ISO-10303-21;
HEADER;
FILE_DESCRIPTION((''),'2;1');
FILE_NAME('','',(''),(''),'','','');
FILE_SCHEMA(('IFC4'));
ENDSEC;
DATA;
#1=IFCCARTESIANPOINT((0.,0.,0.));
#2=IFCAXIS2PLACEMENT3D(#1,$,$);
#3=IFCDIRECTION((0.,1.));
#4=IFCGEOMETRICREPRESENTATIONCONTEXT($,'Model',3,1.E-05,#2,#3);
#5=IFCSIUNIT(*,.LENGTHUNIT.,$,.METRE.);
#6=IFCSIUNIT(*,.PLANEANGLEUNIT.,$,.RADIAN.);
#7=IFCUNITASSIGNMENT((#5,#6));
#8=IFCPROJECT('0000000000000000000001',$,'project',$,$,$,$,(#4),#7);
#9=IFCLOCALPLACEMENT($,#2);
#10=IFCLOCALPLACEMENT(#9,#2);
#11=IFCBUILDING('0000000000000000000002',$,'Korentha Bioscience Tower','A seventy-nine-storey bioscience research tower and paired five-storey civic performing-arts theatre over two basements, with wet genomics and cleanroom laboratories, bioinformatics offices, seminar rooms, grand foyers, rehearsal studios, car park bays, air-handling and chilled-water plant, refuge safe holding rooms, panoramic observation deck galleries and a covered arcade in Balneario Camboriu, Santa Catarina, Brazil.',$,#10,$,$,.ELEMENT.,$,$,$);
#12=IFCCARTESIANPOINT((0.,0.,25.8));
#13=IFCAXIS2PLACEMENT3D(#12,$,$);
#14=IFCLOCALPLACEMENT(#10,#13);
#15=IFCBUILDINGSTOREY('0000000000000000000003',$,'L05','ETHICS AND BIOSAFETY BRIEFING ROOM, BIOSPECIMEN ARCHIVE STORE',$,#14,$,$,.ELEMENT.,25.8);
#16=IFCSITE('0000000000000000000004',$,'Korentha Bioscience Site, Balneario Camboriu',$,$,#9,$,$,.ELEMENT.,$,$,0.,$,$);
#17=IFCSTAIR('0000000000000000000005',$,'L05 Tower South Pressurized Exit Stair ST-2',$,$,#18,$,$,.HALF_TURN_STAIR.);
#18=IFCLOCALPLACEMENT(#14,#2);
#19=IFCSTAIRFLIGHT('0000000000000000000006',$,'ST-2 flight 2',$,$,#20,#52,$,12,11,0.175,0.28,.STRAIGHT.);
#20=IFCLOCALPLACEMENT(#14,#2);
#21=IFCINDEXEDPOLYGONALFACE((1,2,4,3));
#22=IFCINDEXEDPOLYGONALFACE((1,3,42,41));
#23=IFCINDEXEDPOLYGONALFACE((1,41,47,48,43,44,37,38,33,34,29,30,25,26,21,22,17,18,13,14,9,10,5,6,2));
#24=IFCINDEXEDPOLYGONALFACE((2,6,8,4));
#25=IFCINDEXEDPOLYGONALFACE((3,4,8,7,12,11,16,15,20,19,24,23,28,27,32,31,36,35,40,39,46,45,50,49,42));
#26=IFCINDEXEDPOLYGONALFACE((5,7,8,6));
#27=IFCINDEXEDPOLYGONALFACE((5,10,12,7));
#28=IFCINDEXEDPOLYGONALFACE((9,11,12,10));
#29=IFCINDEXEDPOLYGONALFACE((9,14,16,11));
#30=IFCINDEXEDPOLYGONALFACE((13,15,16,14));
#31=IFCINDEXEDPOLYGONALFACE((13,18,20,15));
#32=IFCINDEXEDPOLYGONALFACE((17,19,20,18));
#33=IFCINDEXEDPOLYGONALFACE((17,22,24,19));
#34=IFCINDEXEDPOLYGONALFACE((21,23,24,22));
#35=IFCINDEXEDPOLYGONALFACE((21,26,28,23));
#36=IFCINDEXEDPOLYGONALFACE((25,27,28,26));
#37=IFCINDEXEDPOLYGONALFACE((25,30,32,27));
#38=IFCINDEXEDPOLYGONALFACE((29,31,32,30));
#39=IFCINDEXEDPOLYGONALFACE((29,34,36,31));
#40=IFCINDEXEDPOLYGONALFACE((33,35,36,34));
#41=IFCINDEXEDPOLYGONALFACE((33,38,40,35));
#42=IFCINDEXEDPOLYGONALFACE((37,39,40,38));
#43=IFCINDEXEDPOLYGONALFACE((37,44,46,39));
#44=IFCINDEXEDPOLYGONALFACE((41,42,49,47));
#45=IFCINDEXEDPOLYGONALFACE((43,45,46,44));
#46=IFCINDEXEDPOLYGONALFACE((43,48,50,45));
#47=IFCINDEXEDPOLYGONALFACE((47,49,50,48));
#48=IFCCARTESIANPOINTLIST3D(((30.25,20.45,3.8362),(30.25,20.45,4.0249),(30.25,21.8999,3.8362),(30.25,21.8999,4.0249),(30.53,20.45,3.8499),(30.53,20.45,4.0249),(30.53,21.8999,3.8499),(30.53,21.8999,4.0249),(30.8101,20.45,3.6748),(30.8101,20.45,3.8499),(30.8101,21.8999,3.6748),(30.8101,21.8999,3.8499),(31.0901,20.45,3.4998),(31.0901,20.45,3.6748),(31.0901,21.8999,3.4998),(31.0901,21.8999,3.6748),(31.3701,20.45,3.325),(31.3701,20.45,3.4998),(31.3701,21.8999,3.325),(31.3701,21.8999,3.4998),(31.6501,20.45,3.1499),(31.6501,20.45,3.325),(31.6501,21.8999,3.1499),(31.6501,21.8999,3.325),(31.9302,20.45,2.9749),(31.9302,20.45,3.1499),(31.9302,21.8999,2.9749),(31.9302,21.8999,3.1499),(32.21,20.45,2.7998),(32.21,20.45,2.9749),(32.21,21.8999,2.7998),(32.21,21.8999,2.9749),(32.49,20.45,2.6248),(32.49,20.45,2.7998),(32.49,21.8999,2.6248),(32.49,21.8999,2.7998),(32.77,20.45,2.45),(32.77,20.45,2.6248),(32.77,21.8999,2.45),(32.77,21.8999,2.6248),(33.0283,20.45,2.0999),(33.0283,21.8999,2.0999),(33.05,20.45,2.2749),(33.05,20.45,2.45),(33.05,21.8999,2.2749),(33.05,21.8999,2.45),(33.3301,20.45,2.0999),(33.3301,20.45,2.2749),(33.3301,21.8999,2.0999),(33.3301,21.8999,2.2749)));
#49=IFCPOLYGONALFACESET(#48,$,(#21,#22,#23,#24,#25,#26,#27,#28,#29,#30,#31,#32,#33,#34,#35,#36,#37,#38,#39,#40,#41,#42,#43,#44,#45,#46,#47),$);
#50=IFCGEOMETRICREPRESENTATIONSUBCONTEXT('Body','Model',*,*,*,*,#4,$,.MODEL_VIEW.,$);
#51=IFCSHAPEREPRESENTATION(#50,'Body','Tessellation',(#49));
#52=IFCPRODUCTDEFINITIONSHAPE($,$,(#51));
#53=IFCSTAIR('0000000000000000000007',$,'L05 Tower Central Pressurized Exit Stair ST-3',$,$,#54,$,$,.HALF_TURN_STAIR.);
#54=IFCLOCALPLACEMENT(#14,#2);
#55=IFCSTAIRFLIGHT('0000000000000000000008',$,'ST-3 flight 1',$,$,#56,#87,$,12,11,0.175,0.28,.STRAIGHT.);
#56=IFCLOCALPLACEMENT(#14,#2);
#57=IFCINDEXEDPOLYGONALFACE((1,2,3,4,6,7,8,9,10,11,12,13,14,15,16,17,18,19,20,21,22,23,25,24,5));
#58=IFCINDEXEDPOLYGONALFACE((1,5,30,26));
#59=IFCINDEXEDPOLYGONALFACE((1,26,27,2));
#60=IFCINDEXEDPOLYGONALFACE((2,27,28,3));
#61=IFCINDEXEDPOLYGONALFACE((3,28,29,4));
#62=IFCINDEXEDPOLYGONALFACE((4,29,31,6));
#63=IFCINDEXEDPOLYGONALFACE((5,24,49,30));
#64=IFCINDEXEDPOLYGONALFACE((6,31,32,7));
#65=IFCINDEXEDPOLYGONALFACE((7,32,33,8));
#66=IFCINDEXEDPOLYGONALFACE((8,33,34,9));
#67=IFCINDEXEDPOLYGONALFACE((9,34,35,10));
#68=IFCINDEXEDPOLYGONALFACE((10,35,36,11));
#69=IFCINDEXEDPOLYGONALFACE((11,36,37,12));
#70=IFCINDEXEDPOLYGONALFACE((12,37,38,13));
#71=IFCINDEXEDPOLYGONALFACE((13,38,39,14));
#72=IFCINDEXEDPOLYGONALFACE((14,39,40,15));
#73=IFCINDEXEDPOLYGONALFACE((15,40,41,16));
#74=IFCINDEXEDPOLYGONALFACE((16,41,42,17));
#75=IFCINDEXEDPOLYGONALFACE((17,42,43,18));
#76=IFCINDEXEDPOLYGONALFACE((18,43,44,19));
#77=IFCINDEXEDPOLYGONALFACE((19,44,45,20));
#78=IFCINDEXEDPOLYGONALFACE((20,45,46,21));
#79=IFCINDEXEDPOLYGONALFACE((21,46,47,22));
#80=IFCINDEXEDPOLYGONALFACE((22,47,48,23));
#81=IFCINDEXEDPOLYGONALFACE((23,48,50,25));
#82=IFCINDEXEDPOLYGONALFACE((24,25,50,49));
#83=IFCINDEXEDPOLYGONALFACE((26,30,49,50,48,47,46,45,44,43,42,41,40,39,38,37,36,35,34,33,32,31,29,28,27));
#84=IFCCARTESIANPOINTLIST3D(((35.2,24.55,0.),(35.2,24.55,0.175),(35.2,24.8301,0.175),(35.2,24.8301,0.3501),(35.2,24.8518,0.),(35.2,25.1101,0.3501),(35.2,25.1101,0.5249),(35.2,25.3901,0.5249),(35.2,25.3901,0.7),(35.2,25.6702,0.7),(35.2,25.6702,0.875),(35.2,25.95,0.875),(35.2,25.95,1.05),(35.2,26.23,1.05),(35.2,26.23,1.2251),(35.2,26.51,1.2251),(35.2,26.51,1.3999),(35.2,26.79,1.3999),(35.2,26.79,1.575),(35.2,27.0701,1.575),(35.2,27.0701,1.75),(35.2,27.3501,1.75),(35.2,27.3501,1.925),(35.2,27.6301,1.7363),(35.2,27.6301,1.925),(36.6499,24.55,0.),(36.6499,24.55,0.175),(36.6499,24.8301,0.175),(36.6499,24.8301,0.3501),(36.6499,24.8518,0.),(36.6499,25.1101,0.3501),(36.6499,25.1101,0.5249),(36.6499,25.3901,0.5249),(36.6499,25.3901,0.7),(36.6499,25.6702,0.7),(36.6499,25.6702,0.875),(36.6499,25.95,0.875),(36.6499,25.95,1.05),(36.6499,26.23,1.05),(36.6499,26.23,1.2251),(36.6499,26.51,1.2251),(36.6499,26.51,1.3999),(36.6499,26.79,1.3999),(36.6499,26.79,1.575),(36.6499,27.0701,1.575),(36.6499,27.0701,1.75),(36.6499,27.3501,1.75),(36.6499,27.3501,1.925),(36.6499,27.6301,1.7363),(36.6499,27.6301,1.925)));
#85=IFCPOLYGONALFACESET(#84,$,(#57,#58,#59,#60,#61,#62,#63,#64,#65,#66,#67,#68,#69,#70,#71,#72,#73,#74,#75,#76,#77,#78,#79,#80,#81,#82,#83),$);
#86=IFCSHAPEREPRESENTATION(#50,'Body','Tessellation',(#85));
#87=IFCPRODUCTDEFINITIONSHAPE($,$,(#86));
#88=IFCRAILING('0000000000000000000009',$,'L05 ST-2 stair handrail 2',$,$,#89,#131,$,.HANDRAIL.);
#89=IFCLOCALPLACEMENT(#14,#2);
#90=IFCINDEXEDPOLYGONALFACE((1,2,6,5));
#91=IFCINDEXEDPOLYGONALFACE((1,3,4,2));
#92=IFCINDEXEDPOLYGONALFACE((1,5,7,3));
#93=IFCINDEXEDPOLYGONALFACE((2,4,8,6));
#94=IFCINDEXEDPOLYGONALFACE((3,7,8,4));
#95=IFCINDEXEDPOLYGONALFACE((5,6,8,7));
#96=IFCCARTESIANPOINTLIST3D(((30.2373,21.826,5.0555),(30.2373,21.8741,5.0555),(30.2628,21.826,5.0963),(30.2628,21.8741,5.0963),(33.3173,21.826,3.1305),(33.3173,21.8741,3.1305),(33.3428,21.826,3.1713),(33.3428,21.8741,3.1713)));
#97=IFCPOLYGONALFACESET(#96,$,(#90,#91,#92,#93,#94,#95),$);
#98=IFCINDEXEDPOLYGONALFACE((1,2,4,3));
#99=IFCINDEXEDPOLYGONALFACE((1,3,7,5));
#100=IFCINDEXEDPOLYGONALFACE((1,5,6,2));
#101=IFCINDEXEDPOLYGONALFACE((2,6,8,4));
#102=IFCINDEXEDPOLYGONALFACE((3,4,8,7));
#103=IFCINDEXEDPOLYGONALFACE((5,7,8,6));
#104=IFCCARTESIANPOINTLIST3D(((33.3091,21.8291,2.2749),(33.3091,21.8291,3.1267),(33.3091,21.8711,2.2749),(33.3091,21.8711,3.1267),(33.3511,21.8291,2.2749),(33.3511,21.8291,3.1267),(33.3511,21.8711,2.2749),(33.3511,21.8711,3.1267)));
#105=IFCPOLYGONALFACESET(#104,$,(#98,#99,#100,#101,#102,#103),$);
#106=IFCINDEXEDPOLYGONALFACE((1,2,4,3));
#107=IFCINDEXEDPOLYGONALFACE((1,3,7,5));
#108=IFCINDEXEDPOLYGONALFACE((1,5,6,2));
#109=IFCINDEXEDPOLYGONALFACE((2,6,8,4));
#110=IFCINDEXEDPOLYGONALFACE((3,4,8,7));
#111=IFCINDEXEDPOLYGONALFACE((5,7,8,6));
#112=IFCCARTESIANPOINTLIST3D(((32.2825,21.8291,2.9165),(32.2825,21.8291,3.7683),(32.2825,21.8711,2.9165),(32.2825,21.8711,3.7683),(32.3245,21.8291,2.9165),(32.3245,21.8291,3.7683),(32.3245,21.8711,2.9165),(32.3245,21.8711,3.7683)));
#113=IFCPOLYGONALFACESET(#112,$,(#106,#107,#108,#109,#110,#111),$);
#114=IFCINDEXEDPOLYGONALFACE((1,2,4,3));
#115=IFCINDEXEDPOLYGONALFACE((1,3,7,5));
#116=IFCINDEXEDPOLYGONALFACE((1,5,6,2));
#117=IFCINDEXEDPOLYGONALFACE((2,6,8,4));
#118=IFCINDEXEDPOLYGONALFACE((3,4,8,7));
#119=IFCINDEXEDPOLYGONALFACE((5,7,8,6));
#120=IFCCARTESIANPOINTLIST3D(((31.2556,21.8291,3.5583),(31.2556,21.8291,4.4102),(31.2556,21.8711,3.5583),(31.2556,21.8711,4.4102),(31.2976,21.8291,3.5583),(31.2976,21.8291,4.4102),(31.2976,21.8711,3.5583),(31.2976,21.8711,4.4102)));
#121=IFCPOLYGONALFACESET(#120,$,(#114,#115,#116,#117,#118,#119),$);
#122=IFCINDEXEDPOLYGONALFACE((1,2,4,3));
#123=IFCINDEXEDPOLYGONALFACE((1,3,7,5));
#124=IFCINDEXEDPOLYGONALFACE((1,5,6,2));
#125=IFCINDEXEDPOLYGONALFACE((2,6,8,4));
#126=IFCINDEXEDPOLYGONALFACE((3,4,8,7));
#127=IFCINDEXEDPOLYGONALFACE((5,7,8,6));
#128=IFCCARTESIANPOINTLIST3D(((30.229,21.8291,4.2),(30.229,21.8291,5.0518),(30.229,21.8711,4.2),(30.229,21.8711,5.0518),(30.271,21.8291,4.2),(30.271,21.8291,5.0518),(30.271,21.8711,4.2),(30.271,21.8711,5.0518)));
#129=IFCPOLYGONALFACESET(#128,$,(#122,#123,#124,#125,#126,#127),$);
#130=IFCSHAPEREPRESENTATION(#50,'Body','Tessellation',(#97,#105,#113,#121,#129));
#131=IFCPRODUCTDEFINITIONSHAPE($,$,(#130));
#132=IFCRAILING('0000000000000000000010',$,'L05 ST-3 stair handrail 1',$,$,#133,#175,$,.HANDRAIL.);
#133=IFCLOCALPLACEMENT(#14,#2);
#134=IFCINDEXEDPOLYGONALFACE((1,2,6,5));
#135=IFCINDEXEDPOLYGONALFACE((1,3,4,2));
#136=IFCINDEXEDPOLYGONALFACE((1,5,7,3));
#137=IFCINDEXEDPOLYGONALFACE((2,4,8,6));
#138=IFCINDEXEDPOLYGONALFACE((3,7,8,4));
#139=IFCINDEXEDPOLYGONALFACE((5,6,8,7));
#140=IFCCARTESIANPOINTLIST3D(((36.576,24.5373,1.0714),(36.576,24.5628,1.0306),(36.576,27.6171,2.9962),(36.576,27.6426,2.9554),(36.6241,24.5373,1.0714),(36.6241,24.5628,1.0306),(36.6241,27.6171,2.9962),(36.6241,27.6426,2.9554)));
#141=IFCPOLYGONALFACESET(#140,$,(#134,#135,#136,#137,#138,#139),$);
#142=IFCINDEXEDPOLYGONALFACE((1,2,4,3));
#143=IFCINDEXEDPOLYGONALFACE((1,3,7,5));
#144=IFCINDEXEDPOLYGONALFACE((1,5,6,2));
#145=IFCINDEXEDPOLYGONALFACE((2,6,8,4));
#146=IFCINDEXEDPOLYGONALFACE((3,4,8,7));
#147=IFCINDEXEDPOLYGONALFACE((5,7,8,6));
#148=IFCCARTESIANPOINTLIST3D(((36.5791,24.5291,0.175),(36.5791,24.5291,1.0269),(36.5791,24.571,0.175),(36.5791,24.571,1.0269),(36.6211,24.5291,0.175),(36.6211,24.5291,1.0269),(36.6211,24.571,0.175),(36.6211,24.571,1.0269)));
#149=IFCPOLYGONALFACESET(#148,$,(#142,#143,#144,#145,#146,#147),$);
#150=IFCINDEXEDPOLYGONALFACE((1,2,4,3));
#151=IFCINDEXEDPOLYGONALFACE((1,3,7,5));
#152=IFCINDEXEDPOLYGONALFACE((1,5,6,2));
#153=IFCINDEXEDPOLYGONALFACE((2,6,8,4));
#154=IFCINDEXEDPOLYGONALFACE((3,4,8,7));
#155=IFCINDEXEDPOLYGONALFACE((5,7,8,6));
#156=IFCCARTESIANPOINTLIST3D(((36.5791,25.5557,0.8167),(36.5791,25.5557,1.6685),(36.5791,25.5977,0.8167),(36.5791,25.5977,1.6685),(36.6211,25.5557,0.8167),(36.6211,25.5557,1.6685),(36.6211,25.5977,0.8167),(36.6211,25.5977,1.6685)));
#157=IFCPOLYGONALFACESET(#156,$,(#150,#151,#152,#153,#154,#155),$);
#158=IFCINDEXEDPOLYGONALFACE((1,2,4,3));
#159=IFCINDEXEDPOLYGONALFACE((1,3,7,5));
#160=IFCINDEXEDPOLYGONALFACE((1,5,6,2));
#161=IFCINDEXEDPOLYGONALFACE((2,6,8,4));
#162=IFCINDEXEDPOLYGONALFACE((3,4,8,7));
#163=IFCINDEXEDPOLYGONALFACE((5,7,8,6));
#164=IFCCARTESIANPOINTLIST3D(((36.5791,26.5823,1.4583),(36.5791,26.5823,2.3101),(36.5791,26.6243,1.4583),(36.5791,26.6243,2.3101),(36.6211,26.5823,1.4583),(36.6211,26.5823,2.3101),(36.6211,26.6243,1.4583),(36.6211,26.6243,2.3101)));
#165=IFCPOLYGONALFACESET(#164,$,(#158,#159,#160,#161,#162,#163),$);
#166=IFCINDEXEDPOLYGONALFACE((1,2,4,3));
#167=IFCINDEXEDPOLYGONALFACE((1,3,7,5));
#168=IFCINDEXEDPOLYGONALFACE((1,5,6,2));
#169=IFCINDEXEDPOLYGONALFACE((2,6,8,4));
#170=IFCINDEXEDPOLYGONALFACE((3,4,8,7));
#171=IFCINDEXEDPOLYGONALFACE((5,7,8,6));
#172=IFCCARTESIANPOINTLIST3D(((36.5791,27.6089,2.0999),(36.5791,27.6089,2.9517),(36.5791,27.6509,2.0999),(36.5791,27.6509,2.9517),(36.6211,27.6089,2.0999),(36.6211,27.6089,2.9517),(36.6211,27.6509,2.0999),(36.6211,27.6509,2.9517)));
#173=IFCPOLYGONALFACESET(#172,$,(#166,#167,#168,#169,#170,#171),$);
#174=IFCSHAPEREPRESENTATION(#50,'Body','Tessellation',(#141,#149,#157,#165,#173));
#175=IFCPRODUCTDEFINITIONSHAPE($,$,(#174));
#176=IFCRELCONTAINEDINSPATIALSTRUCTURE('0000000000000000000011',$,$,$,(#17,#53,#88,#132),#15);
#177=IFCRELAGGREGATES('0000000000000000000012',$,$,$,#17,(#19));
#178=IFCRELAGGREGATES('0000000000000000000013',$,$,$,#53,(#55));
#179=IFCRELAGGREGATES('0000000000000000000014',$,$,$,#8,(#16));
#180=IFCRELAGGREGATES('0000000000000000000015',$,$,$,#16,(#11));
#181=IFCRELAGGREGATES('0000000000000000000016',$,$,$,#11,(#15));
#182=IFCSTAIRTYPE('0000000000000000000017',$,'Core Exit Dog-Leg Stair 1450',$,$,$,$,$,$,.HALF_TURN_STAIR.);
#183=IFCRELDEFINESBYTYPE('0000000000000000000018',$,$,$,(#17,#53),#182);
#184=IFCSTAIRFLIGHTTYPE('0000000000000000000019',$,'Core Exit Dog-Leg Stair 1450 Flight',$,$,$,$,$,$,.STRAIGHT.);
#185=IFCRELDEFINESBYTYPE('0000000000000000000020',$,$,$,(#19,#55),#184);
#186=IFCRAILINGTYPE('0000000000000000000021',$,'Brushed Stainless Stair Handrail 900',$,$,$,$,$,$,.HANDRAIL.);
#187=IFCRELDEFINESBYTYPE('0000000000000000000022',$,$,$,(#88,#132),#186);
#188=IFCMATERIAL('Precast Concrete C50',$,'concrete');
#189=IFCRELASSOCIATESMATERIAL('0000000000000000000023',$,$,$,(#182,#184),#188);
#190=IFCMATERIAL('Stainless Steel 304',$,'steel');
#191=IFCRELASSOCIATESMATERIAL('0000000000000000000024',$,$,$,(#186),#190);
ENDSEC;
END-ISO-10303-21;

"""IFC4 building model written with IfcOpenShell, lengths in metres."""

from ifc_helpers import new_model, si_unit, direction, frame, origin, origin_2d, place, context, subcontext, project, spatial, polyline, rectangle, outline, extrude, material, type_object, element, aggregate, save


model = new_model("IFC4")

# Units and contexts
model_context = context("Model", 3, precision=1e-05, world=origin(), true_north=direction((0.0, 1.0)))
body_context = subcontext(model_context, "Body", "Model", "MODEL_VIEW")
ifc_project = project(units=[si_unit("LENGTHUNIT", "METRE"), si_unit("PLANEANGLEUNIT", "RADIAN")], contexts=[model_context])

# Site, building, storey
site_placement = place(None, origin())
site = spatial("IfcSite", under=ifc_project, at=site_placement, Name="Korentha Bioscience Site, Balneario Camboriu", CompositionType="ELEMENT", RefElevation=0.0)
building_placement = place(site_placement, origin())
building = spatial("IfcBuilding", under=site, at=building_placement, Name="Korentha Bioscience Tower", Description="A seventy-nine-storey bioscience research tower and paired five-storey civic performing-arts theatre over two basements, with wet genomics and cleanroom laboratories, bioinformatics offices, seminar rooms, grand foyers, rehearsal studios, car park bays, air-handling and chilled-water plant, refuge safe holding rooms, panoramic observation deck galleries and a covered arcade in Balneario Camboriu, Santa Catarina, Brazil.", CompositionType="ELEMENT")
storey_placement = place(building_placement, frame((0.0, 0.0, 25.8)))
storey = spatial("IfcBuildingStorey", under=building, at=storey_placement, Name="L05", Description="ETHICS AND BIOSAFETY BRIEFING ROOM, BIOSPECIMEN ARCHIVE STORE", CompositionType="ELEMENT", Elevation=25.8)

# Stairs, stair flights
ifc_material_1 = material(Name="Precast Concrete C50", Category="concrete")
stair_type = type_object("IfcStairType", Name="Core Exit Dog-Leg Stair 1450", PredefinedType="HALF_TURN_STAIR", material=ifc_material_1)
stair_1_placement = place(storey_placement, origin())
stair_1 = element("IfcStair", 1, at=stair_1_placement, inside=storey, type_object=stair_type, Name="L05 Tower South Pressurized Exit Stair ST-2", PredefinedType="HALF_TURN_STAIR")
stair_flight_type = type_object("IfcStairFlightType", Name="Core Exit Dog-Leg Stair 1450 Flight", PredefinedType="STRAIGHT", material=ifc_material_1)
stair_flight_1_placement = place(storey_placement, frame((33.3301, 21.175, 2.0999), z_axis=(0.0, 0.0, 1.0), x_axis=(-1.0, 0.0, 0.0)))
stair_flight_1 = element("IfcStairFlight", 2, at=stair_flight_1_placement, type_object=stair_flight_type, Name="ST-2 flight 2", NumberOfRisers=12, NumberOfTreads=11, PredefinedType="STRAIGHT", RiserHeight=0.175, TreadLength=0.28, context=body_context, shape_type="SweptSolid", body=[
    extrude(outline(polyline([(0.0, 0.0), (0.0, 0.175), (0.28, 0.175), (0.28, 0.3501), (0.5601, 0.3501), (0.5601, 0.5249), (0.8401, 0.5249), (0.8401, 0.7), (1.1201, 0.7), (1.1201, 0.875), (1.3999, 0.875), (1.3999, 1.05), (1.6799, 1.05), (1.6799, 1.2251), (1.96, 1.2251), (1.96, 1.3999), (2.24, 1.3999), (2.24, 1.575), (2.52, 1.575), (2.52, 1.75), (2.8, 1.75), (2.8, 1.925), (3.0801, 1.925), (3.0801, 2.1001), (3.0801, 1.7363), (0.3018, 0.0), (0.0, 0.0)])), frame((0.0, 0.7251, 0.0), z_axis=(0.0, -1.0, 0.0), x_axis=(1.0, 0.0, 0.0)), (0.0, 0.0, 1.0), 1.45),
])
aggregate(stair_1, [stair_flight_1])
stair_2_placement = place(storey_placement, origin())
stair_2 = element("IfcStair", 3, at=stair_2_placement, inside=storey, type_object=stair_type, Name="L05 Tower Central Pressurized Exit Stair ST-3", PredefinedType="HALF_TURN_STAIR")
stair_flight_2_placement = place(storey_placement, frame((35.925, 24.55, 0.0), z_axis=(0.0, 0.0, 1.0), x_axis=(0.0, 1.0, 0.0)))
stair_flight_2 = element("IfcStairFlight", 4, at=stair_flight_2_placement, type_object=stair_flight_type, Name="ST-3 flight 1", NumberOfRisers=12, NumberOfTreads=11, PredefinedType="STRAIGHT", RiserHeight=0.175, TreadLength=0.28, context=body_context, shape_type="SweptSolid", body=[
    extrude(outline(polyline([(0.0, 0.0), (0.0, 0.175), (0.28, 0.175), (0.28, 0.3501), (0.5601, 0.3501), (0.5601, 0.5249), (0.8401, 0.5249), (0.8401, 0.7), (1.1201, 0.7), (1.1201, 0.875), (1.3999, 0.875), (1.3999, 1.05), (1.6799, 1.05), (1.6799, 1.2251), (1.96, 1.2251), (1.96, 1.3999), (2.24, 1.3999), (2.24, 1.575), (2.52, 1.575), (2.52, 1.75), (2.8, 1.75), (2.8, 1.925), (3.0801, 1.925), (3.0801, 2.1001), (3.0801, 1.7363), (0.3018, 0.0), (0.0, 0.0)])), frame((0.0, 0.7251, 0.0), z_axis=(0.0, -1.0, 0.0), x_axis=(1.0, 0.0, 0.0)), (0.0, 0.0, 1.0), 1.45),
])
aggregate(stair_2, [stair_flight_2])

# Railings
ifc_material_2 = material(Name="Stainless Steel 304", Category="steel")
railing_type_1 = type_object("IfcRailingType", Name="Brushed Stainless Stair Handrail 900", PredefinedType="HANDRAIL", material=ifc_material_2)
railing_1_placement = place(storey_placement, frame((33.3301, 21.8501, 2.2749)))
element("IfcRailing", 5, at=railing_1_placement, inside=storey, type_object=railing_type_1, Name="L05 ST-2 stair handrail 2", PredefinedType="HANDRAIL", context=body_context, shape_type="SweptSolid", body=[
    extrude(rectangle(XDim=0.0481, YDim=0.0481, at=origin_2d()), frame((0.0, 0.0, 0.876), z_axis=(-0.847998, 0.0, 0.529999), x_axis=(0.0, -1.0, 0.0)), (0.0, 0.0, 1.0), 3.6321),
    extrude(rectangle(XDim=0.042, YDim=0.042, at=origin_2d()), origin(), (0.0, 0.0, 1.0), 0.8518),
    extrude(rectangle(XDim=0.042, YDim=0.042, at=origin_2d()), frame((-1.0266, 0.0, 0.6416)), (0.0, 0.0, 1.0), 0.8518),
    extrude(rectangle(XDim=0.042, YDim=0.042, at=origin_2d()), frame((-2.0535, 0.0, 1.2834)), (0.0, 0.0, 1.0), 0.8518),
    extrude(rectangle(XDim=0.042, YDim=0.042, at=origin_2d()), frame((-3.0801, 0.0, 1.925)), (0.0, 0.0, 1.0), 0.8518),
])
railing_2_placement = place(storey_placement, frame((36.6001, 24.55, 0.175)))
element("IfcRailing", 6, at=railing_2_placement, inside=storey, type_object=railing_type_1, Name="L05 ST-3 stair handrail 1", PredefinedType="HANDRAIL", context=body_context, shape_type="SweptSolid", body=[
    extrude(rectangle(XDim=0.0481, YDim=0.0481, at=origin_2d()), frame((0.0, 0.0, 0.876), z_axis=(0.0, 0.84801, 0.529981), x_axis=(-1.0, 0.0, 0.0)), (0.0, 0.0, 1.0), 3.6318),
    extrude(rectangle(XDim=0.042, YDim=0.042, at=origin_2d()), origin(), (0.0, 0.0, 1.0), 0.8518),
    extrude(rectangle(XDim=0.042, YDim=0.042, at=origin_2d()), frame((0.0, 1.0266, 0.6416)), (0.0, 0.0, 1.0), 0.8518),
    extrude(rectangle(XDim=0.042, YDim=0.042, at=origin_2d()), frame((0.0, 2.0532, 1.2832)), (0.0, 0.0, 1.0), 0.8518),
    extrude(rectangle(XDim=0.042, YDim=0.042, at=origin_2d()), frame((0.0, 3.0798, 1.9248)), (0.0, 0.0, 1.0), 0.8518),
])

save(model, "model.ifc")
